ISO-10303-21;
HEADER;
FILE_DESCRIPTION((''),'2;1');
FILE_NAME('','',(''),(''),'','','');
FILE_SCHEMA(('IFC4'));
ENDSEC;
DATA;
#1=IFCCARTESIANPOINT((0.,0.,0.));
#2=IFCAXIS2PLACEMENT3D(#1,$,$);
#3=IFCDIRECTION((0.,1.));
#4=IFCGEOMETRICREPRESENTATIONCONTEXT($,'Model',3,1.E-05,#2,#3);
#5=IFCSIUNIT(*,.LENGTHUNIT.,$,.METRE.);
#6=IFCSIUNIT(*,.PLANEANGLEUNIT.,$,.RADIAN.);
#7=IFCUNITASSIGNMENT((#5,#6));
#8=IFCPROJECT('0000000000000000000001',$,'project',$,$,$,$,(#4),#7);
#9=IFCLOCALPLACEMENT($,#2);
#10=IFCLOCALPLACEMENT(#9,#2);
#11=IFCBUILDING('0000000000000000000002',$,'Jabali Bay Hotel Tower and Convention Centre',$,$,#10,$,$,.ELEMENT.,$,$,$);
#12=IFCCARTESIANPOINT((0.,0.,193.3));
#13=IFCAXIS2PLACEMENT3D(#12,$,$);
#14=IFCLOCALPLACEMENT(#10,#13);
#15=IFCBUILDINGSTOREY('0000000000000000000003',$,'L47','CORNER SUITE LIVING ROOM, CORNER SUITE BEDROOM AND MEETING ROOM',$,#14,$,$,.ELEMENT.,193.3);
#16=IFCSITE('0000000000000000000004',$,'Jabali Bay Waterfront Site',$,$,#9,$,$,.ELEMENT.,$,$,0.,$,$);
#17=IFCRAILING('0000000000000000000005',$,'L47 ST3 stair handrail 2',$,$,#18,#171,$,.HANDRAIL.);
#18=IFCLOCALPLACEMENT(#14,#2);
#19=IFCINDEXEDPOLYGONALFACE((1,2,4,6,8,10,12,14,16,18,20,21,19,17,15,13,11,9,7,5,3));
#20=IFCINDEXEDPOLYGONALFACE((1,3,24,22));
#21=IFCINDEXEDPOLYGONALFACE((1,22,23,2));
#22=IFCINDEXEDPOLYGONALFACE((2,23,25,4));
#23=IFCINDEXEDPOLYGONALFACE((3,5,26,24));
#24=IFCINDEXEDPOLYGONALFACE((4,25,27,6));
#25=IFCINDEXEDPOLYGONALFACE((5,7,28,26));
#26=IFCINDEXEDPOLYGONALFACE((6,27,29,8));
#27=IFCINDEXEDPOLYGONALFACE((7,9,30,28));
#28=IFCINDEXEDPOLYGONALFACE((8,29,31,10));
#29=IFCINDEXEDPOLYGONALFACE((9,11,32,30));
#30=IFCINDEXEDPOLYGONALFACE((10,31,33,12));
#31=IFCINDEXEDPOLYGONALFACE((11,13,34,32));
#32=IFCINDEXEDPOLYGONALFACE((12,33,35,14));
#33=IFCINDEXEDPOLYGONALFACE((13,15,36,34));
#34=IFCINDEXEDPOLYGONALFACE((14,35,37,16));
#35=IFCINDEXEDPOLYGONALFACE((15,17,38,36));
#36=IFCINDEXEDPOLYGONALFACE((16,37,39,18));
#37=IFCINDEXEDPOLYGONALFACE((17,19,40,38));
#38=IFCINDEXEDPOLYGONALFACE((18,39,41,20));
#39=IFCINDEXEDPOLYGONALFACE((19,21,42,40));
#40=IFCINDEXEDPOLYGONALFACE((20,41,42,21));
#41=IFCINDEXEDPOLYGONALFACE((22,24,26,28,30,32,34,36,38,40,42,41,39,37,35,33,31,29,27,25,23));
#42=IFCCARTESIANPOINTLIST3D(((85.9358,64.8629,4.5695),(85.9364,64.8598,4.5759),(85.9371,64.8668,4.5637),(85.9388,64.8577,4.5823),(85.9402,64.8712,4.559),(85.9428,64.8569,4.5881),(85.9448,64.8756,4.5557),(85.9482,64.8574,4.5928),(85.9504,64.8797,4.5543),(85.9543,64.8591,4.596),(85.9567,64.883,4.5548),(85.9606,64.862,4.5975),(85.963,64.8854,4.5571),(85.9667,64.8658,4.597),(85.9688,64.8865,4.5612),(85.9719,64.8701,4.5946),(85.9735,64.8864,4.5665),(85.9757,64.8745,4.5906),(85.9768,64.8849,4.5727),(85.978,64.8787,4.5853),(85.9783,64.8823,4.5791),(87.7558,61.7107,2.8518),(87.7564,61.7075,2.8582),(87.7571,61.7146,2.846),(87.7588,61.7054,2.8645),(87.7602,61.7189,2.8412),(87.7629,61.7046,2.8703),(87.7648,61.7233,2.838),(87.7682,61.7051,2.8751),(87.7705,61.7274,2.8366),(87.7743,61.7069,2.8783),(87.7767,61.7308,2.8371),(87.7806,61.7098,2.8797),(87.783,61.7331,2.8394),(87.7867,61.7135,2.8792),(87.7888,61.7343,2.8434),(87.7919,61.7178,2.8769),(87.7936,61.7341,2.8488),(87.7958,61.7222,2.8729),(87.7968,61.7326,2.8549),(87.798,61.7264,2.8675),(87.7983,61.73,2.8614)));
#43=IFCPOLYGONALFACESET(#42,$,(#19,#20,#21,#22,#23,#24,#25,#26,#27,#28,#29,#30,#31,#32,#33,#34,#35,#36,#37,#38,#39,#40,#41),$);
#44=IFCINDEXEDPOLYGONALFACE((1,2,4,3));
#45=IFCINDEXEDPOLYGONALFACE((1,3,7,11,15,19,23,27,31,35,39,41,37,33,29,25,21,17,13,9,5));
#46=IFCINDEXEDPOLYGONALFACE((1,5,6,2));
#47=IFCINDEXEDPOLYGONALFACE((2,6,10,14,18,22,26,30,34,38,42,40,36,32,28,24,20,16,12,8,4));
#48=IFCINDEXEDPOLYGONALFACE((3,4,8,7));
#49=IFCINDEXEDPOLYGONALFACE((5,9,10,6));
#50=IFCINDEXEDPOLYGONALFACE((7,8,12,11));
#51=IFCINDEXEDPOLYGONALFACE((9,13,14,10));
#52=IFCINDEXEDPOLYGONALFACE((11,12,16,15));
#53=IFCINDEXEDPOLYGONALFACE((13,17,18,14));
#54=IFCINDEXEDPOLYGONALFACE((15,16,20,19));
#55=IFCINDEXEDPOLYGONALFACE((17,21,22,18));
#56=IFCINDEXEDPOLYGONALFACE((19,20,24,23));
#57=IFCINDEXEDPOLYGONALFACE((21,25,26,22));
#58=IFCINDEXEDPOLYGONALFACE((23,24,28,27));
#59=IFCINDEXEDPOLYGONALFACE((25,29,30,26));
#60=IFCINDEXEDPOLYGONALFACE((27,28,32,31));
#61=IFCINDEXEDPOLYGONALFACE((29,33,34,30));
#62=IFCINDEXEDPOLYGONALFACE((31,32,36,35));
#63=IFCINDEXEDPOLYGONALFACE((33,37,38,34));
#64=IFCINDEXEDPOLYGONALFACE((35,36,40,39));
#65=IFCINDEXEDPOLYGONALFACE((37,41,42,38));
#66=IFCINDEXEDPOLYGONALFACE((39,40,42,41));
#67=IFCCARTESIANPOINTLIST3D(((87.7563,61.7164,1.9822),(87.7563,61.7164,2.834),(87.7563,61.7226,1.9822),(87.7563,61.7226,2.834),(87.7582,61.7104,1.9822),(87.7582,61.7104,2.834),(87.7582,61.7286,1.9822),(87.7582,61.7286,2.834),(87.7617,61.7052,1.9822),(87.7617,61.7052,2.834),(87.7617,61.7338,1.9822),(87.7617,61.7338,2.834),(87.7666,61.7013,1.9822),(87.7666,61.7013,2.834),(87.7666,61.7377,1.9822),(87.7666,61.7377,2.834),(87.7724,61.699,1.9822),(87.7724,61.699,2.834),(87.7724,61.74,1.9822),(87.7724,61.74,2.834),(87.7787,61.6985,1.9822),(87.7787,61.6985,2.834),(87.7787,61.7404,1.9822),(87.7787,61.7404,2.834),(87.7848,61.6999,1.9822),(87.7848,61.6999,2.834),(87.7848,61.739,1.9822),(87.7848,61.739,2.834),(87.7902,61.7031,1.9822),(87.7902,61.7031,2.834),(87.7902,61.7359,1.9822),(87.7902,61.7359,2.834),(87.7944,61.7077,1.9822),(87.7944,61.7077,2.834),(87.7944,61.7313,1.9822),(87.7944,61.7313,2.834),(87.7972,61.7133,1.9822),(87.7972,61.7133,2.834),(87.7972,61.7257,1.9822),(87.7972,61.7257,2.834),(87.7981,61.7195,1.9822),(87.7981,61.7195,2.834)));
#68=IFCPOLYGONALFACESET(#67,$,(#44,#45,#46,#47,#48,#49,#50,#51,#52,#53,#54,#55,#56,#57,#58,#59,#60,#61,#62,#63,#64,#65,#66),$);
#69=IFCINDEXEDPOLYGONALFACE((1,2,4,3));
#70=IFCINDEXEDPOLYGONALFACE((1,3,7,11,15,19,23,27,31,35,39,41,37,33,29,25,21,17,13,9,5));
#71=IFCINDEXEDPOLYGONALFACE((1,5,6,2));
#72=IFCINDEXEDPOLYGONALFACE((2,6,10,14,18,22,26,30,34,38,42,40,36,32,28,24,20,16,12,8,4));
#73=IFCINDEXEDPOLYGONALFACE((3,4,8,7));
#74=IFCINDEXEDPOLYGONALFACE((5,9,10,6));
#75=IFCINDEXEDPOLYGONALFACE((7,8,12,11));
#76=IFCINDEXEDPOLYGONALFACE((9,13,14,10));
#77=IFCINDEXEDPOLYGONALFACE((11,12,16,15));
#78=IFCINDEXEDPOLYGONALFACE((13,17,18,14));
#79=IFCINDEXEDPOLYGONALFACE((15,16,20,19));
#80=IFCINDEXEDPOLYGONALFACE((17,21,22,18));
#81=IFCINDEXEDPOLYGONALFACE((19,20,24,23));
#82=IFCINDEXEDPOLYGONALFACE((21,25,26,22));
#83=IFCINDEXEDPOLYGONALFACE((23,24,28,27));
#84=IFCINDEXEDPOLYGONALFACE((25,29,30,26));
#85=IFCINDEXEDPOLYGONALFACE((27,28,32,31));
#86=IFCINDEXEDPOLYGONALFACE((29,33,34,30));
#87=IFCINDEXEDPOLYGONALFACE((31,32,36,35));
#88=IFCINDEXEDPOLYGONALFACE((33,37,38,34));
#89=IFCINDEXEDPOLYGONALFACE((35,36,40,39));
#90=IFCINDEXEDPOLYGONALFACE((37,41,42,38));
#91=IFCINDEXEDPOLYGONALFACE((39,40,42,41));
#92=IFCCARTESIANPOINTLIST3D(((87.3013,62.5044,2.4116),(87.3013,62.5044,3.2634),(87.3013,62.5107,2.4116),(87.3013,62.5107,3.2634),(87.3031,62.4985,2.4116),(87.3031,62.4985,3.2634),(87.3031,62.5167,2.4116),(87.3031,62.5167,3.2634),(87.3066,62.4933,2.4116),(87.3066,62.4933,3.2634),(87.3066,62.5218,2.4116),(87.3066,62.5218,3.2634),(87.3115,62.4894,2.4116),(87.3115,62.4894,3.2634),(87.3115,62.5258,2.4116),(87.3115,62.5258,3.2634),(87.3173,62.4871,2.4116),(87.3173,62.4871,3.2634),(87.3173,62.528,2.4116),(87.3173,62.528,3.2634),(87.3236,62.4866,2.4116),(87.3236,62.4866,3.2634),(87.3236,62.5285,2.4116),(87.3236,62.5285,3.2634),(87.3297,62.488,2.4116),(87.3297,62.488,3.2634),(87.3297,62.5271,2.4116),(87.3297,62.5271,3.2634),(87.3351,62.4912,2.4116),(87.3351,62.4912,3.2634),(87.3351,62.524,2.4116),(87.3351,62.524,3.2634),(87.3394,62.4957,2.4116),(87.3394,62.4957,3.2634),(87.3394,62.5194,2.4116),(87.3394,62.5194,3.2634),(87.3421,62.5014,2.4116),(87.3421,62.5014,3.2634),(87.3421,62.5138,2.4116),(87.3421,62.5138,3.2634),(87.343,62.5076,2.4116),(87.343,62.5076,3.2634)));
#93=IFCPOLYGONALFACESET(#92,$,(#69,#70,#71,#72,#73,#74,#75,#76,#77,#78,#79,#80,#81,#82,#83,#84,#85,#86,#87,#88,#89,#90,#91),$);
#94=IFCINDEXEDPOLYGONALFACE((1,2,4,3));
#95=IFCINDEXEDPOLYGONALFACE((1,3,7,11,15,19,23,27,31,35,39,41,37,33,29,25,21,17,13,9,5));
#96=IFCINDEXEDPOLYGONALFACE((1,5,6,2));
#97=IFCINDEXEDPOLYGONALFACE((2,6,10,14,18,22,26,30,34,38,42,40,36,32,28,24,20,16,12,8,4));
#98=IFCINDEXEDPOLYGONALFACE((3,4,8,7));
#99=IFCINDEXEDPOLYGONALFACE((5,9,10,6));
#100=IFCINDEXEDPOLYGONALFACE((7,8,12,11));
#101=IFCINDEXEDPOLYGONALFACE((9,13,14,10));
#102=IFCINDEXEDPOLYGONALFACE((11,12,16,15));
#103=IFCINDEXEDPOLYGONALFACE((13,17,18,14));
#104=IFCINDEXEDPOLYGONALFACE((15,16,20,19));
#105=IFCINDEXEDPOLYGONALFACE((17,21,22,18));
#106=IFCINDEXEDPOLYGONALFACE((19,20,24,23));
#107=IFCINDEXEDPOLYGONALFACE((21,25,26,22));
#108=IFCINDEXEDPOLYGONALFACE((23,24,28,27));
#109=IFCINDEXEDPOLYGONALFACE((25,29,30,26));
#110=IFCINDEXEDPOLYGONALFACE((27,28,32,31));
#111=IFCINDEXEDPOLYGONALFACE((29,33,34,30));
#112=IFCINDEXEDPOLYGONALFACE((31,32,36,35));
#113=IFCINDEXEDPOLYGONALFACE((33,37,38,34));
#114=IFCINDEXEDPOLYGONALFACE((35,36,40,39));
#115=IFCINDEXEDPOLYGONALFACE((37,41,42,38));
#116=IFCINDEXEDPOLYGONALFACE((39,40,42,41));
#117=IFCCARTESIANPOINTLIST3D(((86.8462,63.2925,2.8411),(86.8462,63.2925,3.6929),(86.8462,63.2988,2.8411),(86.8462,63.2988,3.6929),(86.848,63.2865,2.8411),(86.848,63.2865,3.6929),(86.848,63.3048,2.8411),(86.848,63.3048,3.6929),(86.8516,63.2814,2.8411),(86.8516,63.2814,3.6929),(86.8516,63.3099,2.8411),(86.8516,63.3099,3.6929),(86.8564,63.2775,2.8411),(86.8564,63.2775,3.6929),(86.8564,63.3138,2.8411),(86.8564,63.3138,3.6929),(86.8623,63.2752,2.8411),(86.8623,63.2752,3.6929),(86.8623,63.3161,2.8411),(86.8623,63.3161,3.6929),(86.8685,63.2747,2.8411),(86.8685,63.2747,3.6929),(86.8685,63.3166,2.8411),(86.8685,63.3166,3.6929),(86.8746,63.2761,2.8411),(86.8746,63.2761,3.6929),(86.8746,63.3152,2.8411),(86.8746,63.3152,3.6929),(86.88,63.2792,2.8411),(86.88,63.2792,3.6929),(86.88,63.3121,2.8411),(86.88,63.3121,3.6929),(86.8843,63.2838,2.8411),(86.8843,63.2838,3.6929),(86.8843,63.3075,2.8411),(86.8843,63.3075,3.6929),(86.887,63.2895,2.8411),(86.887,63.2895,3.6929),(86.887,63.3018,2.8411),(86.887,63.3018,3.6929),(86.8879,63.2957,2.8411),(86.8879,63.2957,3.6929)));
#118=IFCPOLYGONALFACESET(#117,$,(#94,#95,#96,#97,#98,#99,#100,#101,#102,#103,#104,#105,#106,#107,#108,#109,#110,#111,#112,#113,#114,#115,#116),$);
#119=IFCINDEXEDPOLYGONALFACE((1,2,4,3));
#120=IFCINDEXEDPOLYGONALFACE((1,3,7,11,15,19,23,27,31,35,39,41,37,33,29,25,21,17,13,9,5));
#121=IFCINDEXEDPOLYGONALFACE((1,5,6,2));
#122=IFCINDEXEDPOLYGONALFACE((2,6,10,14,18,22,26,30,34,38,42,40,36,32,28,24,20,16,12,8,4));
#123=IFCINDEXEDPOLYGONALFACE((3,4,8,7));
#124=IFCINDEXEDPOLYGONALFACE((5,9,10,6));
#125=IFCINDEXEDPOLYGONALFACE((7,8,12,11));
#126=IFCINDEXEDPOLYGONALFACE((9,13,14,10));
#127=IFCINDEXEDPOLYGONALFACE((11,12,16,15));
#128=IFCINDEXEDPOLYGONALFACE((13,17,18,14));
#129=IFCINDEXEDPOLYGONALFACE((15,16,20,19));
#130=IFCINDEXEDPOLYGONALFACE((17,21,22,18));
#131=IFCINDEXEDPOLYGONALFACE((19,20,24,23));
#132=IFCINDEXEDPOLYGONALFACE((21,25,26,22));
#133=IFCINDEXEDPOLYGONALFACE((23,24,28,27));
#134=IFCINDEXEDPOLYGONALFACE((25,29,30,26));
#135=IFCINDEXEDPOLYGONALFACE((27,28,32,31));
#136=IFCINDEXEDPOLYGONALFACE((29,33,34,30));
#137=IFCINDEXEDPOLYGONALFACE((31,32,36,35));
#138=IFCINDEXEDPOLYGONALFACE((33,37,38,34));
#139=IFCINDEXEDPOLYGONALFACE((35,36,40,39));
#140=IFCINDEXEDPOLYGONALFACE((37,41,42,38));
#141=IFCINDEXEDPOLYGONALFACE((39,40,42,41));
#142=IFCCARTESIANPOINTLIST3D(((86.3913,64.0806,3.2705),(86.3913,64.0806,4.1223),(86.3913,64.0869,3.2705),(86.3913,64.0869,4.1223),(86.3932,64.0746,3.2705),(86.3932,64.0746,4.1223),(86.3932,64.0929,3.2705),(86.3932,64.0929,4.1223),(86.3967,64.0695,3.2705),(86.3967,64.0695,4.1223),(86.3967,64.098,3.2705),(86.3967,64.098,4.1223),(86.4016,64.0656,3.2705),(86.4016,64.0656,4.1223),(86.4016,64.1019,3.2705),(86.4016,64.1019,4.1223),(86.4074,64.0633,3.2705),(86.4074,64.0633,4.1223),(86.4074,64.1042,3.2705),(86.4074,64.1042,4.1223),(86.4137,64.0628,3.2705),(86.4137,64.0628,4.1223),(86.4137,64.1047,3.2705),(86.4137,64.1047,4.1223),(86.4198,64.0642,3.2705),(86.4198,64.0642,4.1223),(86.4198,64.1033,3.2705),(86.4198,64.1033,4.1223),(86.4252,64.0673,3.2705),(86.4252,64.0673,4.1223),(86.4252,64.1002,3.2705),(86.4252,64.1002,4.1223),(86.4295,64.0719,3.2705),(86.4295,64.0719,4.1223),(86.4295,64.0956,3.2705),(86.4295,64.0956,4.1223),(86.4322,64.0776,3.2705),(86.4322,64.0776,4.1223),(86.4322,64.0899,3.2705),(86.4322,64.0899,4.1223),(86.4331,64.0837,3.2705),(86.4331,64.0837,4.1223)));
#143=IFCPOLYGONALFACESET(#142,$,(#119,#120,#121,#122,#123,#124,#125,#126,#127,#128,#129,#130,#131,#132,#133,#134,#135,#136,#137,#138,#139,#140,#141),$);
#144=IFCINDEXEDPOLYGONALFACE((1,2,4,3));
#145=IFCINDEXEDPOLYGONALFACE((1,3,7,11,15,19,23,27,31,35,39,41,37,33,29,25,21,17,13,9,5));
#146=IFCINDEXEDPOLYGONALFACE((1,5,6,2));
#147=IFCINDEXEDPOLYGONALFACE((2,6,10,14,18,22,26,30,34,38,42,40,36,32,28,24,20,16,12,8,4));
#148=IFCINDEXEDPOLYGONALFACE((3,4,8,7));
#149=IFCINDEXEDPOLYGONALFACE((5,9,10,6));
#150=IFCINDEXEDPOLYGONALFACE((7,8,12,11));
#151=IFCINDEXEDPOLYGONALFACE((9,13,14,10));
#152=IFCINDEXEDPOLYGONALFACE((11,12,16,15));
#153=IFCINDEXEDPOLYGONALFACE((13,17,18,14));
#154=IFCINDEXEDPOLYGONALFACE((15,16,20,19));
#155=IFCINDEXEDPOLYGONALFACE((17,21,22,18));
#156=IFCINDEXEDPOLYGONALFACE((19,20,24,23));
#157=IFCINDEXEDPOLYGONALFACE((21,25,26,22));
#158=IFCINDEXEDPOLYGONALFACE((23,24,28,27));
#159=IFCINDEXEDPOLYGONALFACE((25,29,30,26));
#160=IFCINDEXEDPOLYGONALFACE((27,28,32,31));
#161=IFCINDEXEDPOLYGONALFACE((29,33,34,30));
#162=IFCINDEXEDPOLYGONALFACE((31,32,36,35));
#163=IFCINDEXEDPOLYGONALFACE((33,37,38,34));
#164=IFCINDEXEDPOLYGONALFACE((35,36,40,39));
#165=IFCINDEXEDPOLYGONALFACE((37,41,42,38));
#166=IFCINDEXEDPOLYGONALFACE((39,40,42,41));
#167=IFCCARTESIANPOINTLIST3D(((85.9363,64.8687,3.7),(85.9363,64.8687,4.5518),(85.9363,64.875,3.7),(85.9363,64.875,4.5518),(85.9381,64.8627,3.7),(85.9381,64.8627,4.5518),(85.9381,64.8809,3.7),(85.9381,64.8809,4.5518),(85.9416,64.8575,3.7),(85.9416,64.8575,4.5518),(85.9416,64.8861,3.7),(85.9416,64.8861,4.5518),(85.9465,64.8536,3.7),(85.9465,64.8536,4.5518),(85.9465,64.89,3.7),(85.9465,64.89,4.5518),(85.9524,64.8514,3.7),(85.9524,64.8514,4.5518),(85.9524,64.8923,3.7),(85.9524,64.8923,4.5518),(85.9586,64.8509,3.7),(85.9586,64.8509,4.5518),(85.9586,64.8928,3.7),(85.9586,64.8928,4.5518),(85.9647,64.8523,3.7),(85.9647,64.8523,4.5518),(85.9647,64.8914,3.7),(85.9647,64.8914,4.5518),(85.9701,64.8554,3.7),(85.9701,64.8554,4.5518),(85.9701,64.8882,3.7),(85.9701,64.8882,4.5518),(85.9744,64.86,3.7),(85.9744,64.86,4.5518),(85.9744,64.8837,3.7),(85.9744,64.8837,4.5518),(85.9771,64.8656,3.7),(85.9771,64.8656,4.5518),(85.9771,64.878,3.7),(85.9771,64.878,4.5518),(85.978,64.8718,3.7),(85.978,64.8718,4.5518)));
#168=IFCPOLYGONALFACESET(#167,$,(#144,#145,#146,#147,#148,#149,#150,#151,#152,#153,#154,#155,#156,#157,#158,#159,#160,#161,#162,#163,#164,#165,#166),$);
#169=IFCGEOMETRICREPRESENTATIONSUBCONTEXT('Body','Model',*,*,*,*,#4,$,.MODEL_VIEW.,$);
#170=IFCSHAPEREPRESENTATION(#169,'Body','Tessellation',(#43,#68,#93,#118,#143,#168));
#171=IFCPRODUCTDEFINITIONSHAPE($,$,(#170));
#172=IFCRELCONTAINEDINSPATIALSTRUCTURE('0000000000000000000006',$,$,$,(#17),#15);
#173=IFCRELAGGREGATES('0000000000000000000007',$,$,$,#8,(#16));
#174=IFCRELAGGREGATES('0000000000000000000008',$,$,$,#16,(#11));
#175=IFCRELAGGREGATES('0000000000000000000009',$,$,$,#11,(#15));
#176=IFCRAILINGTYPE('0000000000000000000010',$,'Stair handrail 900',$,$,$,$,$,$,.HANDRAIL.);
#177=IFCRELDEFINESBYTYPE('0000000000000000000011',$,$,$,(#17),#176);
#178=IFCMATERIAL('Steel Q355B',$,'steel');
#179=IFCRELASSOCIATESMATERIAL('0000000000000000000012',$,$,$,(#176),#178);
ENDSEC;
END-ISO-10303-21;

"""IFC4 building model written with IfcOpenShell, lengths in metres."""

from ifc_helpers import new_model, si_unit, direction, frame, origin, origin_2d, place, context, subcontext, project, spatial, circle, extrude, material, type_object, element, save


model = new_model("IFC4")

# Units and contexts
model_context = context("Model", 3, precision=1e-05, world=origin(), true_north=direction((0.0, 1.0)))
body_context = subcontext(model_context, "Body", "Model", "MODEL_VIEW")
ifc_project = project(units=[si_unit("LENGTHUNIT", "METRE"), si_unit("PLANEANGLEUNIT", "RADIAN")], contexts=[model_context])

# Site, building, storey
site_placement = place(None, origin())
site = spatial("IfcSite", under=ifc_project, at=site_placement, Name="Jabali Bay Waterfront Site", CompositionType="ELEMENT", RefElevation=0.0)
building_placement = place(site_placement, origin())
building = spatial("IfcBuilding", under=site, at=building_placement, Name="Jabali Bay Hotel Tower and Convention Centre", CompositionType="ELEMENT")
storey_placement = place(building_placement, frame((0.0, 0.0, 193.3)))
storey = spatial("IfcBuildingStorey", under=building, at=storey_placement, Name="L47", Description="CORNER SUITE LIVING ROOM, CORNER SUITE BEDROOM AND MEETING ROOM", CompositionType="ELEMENT", Elevation=193.3)

# Railing
ifc_material_1 = material(Name="Steel Q355B", Category="steel")
railing_type_1 = type_object("IfcRailingType", Name="Stair handrail 900", PredefinedType="HANDRAIL", material=ifc_material_1)
railing_1_placement = place(storey_placement, frame((87.7771, 61.7195, 1.9822)))
element("IfcRailing", 1, at=railing_1_placement, inside=storey, type_object=railing_type_1, Name="L47 ST3 stair handrail 2", PredefinedType="HANDRAIL", context=body_context, shape_type="SweptSolid", body=[
    extrude(circle(Radius=0.0239, at=origin_2d()), frame((0.0, 0.0, 0.876), z_axis=(-0.45219, 0.78319, 0.426775), x_axis=(-0.866018, -0.500013, 0.0)), (0.0, 0.0, 1.0), 4.0249),
    extrude(circle(Radius=0.021, at=origin_2d()), origin(), (0.0, 0.0, 1.0), 0.8518),
    extrude(circle(Radius=0.021, at=origin_2d()), frame((-0.4551, 0.7881, 0.4294)), (0.0, 0.0, 1.0), 0.8518),
    extrude(circle(Radius=0.021, at=origin_2d()), frame((-0.9102, 1.5762, 0.8589)), (0.0, 0.0, 1.0), 0.8518),
    extrude(circle(Radius=0.021, at=origin_2d()), frame((-1.365, 2.3643, 1.2883)), (0.0, 0.0, 1.0), 0.8518),
    extrude(circle(Radius=0.021, at=origin_2d()), frame((-1.8201, 3.1523, 1.7178)), (0.0, 0.0, 1.0), 0.8518),
])

save(model, "model.ifc")
